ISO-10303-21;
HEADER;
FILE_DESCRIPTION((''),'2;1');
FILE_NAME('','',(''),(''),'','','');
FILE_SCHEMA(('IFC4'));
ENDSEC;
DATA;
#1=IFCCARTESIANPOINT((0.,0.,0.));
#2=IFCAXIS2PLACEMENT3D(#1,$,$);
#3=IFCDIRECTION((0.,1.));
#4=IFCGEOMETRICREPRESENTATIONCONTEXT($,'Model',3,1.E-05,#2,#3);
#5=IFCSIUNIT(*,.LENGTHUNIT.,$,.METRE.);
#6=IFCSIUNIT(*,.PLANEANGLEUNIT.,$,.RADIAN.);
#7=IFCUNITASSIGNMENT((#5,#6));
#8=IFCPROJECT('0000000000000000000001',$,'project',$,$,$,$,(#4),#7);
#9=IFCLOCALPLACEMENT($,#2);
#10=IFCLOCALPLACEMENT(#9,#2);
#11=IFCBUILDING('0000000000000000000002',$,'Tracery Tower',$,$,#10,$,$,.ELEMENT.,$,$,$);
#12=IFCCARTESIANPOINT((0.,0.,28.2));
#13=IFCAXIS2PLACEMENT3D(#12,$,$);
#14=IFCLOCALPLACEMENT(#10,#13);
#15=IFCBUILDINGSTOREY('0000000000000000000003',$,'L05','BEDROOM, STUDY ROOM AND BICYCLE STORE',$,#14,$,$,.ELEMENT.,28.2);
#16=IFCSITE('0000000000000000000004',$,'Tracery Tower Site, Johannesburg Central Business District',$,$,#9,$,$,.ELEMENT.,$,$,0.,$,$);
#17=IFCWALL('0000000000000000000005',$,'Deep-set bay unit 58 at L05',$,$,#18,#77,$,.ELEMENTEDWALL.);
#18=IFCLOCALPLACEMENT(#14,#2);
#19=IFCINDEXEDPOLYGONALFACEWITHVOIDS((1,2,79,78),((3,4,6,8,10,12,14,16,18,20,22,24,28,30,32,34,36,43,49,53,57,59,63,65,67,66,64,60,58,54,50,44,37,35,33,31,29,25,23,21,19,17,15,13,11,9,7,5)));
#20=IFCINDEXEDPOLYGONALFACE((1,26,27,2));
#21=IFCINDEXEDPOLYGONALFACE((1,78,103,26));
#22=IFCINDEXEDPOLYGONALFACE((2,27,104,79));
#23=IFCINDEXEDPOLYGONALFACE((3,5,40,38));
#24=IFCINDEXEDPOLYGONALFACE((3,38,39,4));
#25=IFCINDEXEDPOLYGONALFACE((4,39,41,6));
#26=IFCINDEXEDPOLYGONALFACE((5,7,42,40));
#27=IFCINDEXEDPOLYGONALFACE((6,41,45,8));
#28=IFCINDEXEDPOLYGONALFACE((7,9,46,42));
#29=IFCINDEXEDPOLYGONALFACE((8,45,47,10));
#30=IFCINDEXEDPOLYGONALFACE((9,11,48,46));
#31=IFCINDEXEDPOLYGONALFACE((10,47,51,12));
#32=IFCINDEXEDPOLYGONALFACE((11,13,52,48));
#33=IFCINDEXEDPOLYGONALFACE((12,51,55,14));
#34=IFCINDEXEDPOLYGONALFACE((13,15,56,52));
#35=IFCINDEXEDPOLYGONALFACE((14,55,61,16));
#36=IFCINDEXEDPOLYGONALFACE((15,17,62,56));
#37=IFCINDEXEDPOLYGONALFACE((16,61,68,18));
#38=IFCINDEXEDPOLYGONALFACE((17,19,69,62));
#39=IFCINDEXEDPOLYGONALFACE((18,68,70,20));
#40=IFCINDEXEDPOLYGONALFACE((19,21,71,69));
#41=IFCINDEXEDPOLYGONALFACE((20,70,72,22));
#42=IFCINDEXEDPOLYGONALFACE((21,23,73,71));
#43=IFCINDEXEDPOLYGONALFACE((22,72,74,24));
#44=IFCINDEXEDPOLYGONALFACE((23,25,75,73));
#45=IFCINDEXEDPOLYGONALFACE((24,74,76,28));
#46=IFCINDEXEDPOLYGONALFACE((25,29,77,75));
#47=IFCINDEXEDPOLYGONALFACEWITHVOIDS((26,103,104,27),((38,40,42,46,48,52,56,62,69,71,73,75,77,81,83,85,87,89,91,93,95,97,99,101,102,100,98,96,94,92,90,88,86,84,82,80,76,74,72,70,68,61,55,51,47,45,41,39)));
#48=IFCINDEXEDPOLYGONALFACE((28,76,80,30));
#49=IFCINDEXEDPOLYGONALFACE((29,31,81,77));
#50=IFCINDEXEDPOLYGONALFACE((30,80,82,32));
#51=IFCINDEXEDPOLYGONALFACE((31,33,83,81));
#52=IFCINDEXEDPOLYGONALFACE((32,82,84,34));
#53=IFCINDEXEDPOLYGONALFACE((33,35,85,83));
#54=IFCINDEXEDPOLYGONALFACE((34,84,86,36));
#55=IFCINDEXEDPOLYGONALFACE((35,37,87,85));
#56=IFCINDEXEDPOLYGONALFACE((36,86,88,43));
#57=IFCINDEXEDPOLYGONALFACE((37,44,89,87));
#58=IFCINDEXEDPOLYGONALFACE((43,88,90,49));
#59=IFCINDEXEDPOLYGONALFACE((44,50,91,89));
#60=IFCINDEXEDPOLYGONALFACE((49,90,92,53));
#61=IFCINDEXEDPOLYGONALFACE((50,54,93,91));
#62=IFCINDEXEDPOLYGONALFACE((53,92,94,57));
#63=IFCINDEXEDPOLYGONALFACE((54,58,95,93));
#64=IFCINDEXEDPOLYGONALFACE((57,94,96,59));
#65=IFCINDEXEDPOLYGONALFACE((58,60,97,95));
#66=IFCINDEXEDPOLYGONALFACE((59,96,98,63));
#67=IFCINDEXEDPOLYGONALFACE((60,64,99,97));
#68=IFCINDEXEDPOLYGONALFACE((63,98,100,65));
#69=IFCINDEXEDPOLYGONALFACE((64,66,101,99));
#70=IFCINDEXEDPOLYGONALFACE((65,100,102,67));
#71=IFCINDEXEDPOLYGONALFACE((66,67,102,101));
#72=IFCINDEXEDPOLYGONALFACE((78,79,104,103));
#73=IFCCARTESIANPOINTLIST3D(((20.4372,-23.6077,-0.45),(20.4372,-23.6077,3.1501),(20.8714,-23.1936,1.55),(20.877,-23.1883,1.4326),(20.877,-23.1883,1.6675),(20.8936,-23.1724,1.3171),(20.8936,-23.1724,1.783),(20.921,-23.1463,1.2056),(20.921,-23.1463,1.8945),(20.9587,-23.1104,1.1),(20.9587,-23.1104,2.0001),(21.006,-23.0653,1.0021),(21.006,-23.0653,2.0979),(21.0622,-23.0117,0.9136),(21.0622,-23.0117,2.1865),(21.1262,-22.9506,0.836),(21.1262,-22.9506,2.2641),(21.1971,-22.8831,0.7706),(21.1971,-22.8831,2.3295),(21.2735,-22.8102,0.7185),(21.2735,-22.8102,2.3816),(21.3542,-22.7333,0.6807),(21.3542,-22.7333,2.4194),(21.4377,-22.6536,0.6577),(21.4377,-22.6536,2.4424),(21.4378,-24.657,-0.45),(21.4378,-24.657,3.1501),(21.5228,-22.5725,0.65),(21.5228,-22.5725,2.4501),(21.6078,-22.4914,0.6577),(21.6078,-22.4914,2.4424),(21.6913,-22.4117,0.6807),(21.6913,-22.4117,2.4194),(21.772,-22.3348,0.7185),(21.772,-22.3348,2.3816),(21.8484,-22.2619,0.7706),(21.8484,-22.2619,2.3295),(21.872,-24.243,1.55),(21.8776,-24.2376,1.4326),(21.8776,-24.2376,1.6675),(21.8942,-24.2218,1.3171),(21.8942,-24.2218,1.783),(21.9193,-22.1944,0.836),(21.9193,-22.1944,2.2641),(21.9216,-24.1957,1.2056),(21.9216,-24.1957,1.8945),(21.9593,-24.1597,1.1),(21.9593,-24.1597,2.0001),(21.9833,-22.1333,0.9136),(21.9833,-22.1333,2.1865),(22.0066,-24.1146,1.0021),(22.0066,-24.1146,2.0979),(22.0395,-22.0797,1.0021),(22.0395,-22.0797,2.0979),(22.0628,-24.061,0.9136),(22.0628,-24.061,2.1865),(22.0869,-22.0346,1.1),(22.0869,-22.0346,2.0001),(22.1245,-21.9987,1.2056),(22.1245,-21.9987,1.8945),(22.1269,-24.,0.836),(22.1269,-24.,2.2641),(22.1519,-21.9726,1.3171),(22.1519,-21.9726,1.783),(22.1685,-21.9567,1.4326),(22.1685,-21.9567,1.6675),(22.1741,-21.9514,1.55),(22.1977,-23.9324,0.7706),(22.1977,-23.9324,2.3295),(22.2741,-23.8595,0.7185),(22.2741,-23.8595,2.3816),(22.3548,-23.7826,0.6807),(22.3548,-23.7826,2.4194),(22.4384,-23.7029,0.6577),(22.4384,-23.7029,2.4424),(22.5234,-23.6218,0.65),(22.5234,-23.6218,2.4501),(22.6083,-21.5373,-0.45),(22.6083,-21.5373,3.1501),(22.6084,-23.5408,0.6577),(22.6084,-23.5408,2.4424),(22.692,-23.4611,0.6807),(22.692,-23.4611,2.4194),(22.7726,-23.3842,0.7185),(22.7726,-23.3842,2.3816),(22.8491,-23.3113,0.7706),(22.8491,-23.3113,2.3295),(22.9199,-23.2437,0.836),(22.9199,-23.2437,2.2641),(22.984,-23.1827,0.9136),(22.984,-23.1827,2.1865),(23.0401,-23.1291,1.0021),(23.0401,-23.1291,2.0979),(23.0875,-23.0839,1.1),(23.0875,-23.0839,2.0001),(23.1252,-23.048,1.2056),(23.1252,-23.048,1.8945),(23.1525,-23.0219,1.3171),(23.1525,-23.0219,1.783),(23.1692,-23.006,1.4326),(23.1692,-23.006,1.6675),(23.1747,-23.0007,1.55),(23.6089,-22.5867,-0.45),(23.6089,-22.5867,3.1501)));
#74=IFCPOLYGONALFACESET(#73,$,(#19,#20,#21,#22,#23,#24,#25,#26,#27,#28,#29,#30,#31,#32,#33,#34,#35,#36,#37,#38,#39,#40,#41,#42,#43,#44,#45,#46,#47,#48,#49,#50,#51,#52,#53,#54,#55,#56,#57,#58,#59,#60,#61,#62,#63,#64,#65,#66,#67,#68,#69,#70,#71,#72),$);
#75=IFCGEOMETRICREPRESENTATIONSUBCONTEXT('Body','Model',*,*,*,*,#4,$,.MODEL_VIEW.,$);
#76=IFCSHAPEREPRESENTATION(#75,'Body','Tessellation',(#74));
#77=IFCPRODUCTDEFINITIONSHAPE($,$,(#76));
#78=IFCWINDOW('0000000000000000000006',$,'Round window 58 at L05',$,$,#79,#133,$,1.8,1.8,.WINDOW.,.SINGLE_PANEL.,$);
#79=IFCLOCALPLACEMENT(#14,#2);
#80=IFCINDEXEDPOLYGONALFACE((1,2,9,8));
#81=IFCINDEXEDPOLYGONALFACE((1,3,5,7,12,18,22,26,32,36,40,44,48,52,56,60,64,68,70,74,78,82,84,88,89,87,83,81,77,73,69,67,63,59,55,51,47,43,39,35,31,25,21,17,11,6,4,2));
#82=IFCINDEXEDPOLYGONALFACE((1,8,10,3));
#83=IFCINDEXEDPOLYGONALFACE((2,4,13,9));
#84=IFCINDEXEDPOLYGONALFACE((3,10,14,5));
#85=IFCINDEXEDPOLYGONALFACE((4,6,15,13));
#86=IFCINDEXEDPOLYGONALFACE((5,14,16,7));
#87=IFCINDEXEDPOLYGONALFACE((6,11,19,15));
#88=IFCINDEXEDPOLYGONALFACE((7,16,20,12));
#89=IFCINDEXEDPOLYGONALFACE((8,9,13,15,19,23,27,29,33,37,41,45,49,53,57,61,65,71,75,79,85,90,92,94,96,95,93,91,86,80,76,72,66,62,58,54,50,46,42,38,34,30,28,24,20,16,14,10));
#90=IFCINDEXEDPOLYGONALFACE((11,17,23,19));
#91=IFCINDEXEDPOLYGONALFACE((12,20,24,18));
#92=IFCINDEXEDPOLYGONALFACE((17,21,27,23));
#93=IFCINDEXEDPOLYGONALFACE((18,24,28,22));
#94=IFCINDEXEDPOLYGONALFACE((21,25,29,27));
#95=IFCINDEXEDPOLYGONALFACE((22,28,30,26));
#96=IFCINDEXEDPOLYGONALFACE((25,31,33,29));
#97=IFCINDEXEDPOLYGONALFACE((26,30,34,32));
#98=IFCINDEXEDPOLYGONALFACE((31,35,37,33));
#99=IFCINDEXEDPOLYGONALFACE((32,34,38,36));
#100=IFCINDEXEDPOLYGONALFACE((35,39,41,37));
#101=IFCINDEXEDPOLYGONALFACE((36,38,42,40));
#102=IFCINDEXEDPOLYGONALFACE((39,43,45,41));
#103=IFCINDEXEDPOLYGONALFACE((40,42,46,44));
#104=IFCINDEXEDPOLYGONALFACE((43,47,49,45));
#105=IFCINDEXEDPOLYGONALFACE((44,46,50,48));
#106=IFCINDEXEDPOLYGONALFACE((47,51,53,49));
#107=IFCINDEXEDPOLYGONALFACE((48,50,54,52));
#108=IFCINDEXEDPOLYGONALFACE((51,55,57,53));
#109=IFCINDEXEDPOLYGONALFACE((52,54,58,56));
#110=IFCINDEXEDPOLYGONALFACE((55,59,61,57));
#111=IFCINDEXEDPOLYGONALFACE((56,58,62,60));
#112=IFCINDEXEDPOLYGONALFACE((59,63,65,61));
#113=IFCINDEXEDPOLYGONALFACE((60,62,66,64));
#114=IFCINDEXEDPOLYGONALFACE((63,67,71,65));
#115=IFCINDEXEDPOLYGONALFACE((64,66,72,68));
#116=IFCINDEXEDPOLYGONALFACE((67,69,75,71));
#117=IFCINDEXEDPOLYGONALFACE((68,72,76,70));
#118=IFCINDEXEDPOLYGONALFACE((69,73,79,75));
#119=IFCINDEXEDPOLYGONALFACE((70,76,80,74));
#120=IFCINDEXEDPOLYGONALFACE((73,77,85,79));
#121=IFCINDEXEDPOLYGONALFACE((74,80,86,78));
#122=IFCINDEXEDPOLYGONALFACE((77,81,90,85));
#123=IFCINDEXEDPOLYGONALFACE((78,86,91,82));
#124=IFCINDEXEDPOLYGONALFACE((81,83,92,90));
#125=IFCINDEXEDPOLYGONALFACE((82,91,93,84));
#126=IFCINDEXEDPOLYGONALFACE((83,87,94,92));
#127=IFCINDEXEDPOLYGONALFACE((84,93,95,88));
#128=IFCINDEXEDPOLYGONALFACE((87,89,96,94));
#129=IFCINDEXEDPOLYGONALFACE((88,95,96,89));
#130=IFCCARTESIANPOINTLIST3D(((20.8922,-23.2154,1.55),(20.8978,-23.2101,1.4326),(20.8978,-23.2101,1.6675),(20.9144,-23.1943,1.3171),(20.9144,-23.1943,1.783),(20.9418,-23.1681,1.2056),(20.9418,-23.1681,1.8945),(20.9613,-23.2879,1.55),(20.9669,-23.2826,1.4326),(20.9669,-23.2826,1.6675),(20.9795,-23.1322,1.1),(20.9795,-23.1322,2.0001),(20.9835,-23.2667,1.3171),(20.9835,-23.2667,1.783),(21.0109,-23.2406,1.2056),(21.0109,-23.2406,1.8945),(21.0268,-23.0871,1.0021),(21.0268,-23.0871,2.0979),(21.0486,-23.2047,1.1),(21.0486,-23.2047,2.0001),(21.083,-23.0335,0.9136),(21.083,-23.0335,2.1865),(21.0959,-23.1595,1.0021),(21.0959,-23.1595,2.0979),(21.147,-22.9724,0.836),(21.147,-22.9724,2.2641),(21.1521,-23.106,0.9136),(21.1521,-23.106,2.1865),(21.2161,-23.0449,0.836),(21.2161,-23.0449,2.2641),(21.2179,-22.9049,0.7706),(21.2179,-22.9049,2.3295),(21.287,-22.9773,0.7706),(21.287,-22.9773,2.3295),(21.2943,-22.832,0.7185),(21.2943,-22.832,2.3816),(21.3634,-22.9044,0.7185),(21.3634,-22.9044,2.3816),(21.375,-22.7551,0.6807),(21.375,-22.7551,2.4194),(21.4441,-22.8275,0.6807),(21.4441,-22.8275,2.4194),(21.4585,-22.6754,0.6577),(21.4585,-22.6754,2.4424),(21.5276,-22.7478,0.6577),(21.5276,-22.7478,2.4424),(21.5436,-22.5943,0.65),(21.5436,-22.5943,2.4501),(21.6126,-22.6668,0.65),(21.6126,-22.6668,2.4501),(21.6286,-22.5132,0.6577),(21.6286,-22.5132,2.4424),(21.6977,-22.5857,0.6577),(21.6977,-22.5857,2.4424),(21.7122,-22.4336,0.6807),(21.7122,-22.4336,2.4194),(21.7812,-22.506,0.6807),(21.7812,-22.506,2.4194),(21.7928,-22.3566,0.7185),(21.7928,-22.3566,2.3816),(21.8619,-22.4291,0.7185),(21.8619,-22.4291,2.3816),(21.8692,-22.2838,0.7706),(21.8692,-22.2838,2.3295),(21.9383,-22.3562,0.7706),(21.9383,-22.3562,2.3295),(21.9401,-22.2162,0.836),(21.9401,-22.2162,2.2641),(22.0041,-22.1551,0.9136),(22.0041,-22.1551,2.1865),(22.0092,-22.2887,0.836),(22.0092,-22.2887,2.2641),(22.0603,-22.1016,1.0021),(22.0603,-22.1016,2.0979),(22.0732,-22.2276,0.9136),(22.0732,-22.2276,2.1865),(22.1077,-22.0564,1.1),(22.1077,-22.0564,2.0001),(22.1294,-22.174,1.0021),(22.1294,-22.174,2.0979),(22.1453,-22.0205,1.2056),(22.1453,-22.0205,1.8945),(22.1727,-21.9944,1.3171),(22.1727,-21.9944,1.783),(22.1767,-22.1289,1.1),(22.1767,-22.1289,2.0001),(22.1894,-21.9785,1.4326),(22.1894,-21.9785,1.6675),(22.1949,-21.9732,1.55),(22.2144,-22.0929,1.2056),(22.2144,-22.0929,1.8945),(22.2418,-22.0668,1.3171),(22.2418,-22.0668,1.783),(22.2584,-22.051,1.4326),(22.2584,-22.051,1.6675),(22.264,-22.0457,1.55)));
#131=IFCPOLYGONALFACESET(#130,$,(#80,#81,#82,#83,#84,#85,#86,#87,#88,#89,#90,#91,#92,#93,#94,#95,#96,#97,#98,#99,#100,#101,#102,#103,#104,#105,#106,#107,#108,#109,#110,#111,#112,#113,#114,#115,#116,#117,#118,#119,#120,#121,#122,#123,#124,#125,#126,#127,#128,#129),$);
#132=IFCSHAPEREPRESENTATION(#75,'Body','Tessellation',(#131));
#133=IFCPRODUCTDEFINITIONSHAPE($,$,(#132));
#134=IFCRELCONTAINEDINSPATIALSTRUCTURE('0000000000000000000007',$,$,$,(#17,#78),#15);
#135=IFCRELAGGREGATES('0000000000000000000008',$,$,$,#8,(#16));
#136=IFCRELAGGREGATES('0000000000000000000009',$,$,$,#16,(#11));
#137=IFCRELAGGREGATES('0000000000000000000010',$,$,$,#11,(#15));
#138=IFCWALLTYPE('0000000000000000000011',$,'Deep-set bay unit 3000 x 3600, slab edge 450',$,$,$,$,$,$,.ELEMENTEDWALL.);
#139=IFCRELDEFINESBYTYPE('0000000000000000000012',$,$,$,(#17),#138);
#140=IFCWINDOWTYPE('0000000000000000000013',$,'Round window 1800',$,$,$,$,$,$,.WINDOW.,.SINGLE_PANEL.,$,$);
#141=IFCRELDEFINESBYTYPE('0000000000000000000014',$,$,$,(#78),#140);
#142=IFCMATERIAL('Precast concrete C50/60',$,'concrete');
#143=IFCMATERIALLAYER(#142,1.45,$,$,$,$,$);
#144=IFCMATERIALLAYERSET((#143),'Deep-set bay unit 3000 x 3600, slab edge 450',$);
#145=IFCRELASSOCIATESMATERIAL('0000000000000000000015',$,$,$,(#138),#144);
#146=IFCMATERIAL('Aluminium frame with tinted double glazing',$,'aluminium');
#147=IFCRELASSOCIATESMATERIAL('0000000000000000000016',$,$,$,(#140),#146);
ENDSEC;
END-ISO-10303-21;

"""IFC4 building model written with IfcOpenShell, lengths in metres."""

from ifc_helpers import new_model, si_unit, direction, frame, frame_2d, origin, origin_2d, place, context, subcontext, project, spatial, rectangle, circle, extrude, material, layer, layer_set, type_object, element, fill, save


model = new_model("IFC4")

# Units and contexts
model_context = context("Model", 3, precision=1e-05, world=origin(), true_north=direction((0.0, 1.0)))
body_context = subcontext(model_context, "Body", "Model", "MODEL_VIEW")
ifc_project = project(units=[si_unit("LENGTHUNIT", "METRE"), si_unit("PLANEANGLEUNIT", "RADIAN")], contexts=[model_context])

# Site, building, storey
site_placement = place(None, origin())
site = spatial("IfcSite", under=ifc_project, at=site_placement, Name="Tracery Tower Site, Johannesburg Central Business District", CompositionType="ELEMENT", RefElevation=0.0)
building_placement = place(site_placement, origin())
building = spatial("IfcBuilding", under=site, at=building_placement, Name="Tracery Tower", CompositionType="ELEMENT")
storey_placement = place(building_placement, frame((0.0, 0.0, 28.2)))
storey = spatial("IfcBuildingStorey", under=building, at=storey_placement, Name="L05", Description="BEDROOM, STUDY ROOM AND BICYCLE STORE", CompositionType="ELEMENT", Elevation=28.2)

# Wall, opening, window
ifc_material_1 = material(Name="Precast concrete C50/60", Category="concrete")
ifc_layer_1 = layer(ifc_material_1, 1.45)
ifc_layer_set_1 = layer_set([ifc_layer_1], Name="Deep-set bay unit 3000 x 3600, slab edge 450")
wall_type_1 = type_object("IfcWallType", Name="Deep-set bay unit 3000 x 3600, slab edge 450", PredefinedType="ELEMENTEDWALL", material=ifc_layer_set_1)
ifc_material_2 = material(Name="Aluminium frame with tinted double glazing", Category="aluminium")
window_type = type_object("IfcWindowType", Name="Round window 1800", PartitioningType="SINGLE_PANEL", PredefinedType="WINDOW", material=ifc_material_2)
wall_1_placement = place(storey_placement, frame((20.9375, -24.1323, -0.45), z_axis=(0.0, 0.0, 1.0), x_axis=(0.723712, 0.690102, 0.0)))
wall_1 = element("IfcWall", 1, at=wall_1_placement, inside=storey, type_object=wall_type_1, Name="Deep-set bay unit 58 at L05", PredefinedType="ELEMENTEDWALL", context=body_context, shape_type="SweptSolid", body=[
    extrude(rectangle(XDim=3.0, YDim=1.45, at=frame_2d((1.5, 0.0))), origin(), (0.0, 0.0, 1.0), 3.6001),
])
opening_1_placement = place(wall_1_placement, frame((1.5, 0.0, 2.0)))
opening_1 = element("IfcOpeningElement", 2, at=opening_1_placement, cuts=wall_1, PredefinedType="OPENING", context=body_context, shape_type="SweptSolid", body=[
    extrude(circle(Radius=0.9, at=origin_2d()), frame((0.0, 0.7349, 0.0), z_axis=(0.0, -1.0, 0.0), x_axis=(1.0, 0.0, 0.0)), (0.0, 0.0, 1.0), 1.47),
])
window_1_placement = place(opening_1_placement, origin())
window_1 = element("IfcWindow", 3, at=window_1_placement, inside=storey, type_object=window_type, Name="Round window 58 at L05", OverallHeight=1.8, OverallWidth=1.8, PartitioningType="SINGLE_PANEL", PredefinedType="WINDOW", context=body_context, shape_type="SweptSolid", body=[
    extrude(circle(Radius=0.9, at=origin_2d()), frame((0.0, 0.6948, 0.0), z_axis=(0.0, -1.0, 0.0), x_axis=(1.0, 0.0, 0.0)), (0.0, 0.0, 1.0), 0.1001),
])
fill(opening_1, window_1)

save(model, "model.ifc")
